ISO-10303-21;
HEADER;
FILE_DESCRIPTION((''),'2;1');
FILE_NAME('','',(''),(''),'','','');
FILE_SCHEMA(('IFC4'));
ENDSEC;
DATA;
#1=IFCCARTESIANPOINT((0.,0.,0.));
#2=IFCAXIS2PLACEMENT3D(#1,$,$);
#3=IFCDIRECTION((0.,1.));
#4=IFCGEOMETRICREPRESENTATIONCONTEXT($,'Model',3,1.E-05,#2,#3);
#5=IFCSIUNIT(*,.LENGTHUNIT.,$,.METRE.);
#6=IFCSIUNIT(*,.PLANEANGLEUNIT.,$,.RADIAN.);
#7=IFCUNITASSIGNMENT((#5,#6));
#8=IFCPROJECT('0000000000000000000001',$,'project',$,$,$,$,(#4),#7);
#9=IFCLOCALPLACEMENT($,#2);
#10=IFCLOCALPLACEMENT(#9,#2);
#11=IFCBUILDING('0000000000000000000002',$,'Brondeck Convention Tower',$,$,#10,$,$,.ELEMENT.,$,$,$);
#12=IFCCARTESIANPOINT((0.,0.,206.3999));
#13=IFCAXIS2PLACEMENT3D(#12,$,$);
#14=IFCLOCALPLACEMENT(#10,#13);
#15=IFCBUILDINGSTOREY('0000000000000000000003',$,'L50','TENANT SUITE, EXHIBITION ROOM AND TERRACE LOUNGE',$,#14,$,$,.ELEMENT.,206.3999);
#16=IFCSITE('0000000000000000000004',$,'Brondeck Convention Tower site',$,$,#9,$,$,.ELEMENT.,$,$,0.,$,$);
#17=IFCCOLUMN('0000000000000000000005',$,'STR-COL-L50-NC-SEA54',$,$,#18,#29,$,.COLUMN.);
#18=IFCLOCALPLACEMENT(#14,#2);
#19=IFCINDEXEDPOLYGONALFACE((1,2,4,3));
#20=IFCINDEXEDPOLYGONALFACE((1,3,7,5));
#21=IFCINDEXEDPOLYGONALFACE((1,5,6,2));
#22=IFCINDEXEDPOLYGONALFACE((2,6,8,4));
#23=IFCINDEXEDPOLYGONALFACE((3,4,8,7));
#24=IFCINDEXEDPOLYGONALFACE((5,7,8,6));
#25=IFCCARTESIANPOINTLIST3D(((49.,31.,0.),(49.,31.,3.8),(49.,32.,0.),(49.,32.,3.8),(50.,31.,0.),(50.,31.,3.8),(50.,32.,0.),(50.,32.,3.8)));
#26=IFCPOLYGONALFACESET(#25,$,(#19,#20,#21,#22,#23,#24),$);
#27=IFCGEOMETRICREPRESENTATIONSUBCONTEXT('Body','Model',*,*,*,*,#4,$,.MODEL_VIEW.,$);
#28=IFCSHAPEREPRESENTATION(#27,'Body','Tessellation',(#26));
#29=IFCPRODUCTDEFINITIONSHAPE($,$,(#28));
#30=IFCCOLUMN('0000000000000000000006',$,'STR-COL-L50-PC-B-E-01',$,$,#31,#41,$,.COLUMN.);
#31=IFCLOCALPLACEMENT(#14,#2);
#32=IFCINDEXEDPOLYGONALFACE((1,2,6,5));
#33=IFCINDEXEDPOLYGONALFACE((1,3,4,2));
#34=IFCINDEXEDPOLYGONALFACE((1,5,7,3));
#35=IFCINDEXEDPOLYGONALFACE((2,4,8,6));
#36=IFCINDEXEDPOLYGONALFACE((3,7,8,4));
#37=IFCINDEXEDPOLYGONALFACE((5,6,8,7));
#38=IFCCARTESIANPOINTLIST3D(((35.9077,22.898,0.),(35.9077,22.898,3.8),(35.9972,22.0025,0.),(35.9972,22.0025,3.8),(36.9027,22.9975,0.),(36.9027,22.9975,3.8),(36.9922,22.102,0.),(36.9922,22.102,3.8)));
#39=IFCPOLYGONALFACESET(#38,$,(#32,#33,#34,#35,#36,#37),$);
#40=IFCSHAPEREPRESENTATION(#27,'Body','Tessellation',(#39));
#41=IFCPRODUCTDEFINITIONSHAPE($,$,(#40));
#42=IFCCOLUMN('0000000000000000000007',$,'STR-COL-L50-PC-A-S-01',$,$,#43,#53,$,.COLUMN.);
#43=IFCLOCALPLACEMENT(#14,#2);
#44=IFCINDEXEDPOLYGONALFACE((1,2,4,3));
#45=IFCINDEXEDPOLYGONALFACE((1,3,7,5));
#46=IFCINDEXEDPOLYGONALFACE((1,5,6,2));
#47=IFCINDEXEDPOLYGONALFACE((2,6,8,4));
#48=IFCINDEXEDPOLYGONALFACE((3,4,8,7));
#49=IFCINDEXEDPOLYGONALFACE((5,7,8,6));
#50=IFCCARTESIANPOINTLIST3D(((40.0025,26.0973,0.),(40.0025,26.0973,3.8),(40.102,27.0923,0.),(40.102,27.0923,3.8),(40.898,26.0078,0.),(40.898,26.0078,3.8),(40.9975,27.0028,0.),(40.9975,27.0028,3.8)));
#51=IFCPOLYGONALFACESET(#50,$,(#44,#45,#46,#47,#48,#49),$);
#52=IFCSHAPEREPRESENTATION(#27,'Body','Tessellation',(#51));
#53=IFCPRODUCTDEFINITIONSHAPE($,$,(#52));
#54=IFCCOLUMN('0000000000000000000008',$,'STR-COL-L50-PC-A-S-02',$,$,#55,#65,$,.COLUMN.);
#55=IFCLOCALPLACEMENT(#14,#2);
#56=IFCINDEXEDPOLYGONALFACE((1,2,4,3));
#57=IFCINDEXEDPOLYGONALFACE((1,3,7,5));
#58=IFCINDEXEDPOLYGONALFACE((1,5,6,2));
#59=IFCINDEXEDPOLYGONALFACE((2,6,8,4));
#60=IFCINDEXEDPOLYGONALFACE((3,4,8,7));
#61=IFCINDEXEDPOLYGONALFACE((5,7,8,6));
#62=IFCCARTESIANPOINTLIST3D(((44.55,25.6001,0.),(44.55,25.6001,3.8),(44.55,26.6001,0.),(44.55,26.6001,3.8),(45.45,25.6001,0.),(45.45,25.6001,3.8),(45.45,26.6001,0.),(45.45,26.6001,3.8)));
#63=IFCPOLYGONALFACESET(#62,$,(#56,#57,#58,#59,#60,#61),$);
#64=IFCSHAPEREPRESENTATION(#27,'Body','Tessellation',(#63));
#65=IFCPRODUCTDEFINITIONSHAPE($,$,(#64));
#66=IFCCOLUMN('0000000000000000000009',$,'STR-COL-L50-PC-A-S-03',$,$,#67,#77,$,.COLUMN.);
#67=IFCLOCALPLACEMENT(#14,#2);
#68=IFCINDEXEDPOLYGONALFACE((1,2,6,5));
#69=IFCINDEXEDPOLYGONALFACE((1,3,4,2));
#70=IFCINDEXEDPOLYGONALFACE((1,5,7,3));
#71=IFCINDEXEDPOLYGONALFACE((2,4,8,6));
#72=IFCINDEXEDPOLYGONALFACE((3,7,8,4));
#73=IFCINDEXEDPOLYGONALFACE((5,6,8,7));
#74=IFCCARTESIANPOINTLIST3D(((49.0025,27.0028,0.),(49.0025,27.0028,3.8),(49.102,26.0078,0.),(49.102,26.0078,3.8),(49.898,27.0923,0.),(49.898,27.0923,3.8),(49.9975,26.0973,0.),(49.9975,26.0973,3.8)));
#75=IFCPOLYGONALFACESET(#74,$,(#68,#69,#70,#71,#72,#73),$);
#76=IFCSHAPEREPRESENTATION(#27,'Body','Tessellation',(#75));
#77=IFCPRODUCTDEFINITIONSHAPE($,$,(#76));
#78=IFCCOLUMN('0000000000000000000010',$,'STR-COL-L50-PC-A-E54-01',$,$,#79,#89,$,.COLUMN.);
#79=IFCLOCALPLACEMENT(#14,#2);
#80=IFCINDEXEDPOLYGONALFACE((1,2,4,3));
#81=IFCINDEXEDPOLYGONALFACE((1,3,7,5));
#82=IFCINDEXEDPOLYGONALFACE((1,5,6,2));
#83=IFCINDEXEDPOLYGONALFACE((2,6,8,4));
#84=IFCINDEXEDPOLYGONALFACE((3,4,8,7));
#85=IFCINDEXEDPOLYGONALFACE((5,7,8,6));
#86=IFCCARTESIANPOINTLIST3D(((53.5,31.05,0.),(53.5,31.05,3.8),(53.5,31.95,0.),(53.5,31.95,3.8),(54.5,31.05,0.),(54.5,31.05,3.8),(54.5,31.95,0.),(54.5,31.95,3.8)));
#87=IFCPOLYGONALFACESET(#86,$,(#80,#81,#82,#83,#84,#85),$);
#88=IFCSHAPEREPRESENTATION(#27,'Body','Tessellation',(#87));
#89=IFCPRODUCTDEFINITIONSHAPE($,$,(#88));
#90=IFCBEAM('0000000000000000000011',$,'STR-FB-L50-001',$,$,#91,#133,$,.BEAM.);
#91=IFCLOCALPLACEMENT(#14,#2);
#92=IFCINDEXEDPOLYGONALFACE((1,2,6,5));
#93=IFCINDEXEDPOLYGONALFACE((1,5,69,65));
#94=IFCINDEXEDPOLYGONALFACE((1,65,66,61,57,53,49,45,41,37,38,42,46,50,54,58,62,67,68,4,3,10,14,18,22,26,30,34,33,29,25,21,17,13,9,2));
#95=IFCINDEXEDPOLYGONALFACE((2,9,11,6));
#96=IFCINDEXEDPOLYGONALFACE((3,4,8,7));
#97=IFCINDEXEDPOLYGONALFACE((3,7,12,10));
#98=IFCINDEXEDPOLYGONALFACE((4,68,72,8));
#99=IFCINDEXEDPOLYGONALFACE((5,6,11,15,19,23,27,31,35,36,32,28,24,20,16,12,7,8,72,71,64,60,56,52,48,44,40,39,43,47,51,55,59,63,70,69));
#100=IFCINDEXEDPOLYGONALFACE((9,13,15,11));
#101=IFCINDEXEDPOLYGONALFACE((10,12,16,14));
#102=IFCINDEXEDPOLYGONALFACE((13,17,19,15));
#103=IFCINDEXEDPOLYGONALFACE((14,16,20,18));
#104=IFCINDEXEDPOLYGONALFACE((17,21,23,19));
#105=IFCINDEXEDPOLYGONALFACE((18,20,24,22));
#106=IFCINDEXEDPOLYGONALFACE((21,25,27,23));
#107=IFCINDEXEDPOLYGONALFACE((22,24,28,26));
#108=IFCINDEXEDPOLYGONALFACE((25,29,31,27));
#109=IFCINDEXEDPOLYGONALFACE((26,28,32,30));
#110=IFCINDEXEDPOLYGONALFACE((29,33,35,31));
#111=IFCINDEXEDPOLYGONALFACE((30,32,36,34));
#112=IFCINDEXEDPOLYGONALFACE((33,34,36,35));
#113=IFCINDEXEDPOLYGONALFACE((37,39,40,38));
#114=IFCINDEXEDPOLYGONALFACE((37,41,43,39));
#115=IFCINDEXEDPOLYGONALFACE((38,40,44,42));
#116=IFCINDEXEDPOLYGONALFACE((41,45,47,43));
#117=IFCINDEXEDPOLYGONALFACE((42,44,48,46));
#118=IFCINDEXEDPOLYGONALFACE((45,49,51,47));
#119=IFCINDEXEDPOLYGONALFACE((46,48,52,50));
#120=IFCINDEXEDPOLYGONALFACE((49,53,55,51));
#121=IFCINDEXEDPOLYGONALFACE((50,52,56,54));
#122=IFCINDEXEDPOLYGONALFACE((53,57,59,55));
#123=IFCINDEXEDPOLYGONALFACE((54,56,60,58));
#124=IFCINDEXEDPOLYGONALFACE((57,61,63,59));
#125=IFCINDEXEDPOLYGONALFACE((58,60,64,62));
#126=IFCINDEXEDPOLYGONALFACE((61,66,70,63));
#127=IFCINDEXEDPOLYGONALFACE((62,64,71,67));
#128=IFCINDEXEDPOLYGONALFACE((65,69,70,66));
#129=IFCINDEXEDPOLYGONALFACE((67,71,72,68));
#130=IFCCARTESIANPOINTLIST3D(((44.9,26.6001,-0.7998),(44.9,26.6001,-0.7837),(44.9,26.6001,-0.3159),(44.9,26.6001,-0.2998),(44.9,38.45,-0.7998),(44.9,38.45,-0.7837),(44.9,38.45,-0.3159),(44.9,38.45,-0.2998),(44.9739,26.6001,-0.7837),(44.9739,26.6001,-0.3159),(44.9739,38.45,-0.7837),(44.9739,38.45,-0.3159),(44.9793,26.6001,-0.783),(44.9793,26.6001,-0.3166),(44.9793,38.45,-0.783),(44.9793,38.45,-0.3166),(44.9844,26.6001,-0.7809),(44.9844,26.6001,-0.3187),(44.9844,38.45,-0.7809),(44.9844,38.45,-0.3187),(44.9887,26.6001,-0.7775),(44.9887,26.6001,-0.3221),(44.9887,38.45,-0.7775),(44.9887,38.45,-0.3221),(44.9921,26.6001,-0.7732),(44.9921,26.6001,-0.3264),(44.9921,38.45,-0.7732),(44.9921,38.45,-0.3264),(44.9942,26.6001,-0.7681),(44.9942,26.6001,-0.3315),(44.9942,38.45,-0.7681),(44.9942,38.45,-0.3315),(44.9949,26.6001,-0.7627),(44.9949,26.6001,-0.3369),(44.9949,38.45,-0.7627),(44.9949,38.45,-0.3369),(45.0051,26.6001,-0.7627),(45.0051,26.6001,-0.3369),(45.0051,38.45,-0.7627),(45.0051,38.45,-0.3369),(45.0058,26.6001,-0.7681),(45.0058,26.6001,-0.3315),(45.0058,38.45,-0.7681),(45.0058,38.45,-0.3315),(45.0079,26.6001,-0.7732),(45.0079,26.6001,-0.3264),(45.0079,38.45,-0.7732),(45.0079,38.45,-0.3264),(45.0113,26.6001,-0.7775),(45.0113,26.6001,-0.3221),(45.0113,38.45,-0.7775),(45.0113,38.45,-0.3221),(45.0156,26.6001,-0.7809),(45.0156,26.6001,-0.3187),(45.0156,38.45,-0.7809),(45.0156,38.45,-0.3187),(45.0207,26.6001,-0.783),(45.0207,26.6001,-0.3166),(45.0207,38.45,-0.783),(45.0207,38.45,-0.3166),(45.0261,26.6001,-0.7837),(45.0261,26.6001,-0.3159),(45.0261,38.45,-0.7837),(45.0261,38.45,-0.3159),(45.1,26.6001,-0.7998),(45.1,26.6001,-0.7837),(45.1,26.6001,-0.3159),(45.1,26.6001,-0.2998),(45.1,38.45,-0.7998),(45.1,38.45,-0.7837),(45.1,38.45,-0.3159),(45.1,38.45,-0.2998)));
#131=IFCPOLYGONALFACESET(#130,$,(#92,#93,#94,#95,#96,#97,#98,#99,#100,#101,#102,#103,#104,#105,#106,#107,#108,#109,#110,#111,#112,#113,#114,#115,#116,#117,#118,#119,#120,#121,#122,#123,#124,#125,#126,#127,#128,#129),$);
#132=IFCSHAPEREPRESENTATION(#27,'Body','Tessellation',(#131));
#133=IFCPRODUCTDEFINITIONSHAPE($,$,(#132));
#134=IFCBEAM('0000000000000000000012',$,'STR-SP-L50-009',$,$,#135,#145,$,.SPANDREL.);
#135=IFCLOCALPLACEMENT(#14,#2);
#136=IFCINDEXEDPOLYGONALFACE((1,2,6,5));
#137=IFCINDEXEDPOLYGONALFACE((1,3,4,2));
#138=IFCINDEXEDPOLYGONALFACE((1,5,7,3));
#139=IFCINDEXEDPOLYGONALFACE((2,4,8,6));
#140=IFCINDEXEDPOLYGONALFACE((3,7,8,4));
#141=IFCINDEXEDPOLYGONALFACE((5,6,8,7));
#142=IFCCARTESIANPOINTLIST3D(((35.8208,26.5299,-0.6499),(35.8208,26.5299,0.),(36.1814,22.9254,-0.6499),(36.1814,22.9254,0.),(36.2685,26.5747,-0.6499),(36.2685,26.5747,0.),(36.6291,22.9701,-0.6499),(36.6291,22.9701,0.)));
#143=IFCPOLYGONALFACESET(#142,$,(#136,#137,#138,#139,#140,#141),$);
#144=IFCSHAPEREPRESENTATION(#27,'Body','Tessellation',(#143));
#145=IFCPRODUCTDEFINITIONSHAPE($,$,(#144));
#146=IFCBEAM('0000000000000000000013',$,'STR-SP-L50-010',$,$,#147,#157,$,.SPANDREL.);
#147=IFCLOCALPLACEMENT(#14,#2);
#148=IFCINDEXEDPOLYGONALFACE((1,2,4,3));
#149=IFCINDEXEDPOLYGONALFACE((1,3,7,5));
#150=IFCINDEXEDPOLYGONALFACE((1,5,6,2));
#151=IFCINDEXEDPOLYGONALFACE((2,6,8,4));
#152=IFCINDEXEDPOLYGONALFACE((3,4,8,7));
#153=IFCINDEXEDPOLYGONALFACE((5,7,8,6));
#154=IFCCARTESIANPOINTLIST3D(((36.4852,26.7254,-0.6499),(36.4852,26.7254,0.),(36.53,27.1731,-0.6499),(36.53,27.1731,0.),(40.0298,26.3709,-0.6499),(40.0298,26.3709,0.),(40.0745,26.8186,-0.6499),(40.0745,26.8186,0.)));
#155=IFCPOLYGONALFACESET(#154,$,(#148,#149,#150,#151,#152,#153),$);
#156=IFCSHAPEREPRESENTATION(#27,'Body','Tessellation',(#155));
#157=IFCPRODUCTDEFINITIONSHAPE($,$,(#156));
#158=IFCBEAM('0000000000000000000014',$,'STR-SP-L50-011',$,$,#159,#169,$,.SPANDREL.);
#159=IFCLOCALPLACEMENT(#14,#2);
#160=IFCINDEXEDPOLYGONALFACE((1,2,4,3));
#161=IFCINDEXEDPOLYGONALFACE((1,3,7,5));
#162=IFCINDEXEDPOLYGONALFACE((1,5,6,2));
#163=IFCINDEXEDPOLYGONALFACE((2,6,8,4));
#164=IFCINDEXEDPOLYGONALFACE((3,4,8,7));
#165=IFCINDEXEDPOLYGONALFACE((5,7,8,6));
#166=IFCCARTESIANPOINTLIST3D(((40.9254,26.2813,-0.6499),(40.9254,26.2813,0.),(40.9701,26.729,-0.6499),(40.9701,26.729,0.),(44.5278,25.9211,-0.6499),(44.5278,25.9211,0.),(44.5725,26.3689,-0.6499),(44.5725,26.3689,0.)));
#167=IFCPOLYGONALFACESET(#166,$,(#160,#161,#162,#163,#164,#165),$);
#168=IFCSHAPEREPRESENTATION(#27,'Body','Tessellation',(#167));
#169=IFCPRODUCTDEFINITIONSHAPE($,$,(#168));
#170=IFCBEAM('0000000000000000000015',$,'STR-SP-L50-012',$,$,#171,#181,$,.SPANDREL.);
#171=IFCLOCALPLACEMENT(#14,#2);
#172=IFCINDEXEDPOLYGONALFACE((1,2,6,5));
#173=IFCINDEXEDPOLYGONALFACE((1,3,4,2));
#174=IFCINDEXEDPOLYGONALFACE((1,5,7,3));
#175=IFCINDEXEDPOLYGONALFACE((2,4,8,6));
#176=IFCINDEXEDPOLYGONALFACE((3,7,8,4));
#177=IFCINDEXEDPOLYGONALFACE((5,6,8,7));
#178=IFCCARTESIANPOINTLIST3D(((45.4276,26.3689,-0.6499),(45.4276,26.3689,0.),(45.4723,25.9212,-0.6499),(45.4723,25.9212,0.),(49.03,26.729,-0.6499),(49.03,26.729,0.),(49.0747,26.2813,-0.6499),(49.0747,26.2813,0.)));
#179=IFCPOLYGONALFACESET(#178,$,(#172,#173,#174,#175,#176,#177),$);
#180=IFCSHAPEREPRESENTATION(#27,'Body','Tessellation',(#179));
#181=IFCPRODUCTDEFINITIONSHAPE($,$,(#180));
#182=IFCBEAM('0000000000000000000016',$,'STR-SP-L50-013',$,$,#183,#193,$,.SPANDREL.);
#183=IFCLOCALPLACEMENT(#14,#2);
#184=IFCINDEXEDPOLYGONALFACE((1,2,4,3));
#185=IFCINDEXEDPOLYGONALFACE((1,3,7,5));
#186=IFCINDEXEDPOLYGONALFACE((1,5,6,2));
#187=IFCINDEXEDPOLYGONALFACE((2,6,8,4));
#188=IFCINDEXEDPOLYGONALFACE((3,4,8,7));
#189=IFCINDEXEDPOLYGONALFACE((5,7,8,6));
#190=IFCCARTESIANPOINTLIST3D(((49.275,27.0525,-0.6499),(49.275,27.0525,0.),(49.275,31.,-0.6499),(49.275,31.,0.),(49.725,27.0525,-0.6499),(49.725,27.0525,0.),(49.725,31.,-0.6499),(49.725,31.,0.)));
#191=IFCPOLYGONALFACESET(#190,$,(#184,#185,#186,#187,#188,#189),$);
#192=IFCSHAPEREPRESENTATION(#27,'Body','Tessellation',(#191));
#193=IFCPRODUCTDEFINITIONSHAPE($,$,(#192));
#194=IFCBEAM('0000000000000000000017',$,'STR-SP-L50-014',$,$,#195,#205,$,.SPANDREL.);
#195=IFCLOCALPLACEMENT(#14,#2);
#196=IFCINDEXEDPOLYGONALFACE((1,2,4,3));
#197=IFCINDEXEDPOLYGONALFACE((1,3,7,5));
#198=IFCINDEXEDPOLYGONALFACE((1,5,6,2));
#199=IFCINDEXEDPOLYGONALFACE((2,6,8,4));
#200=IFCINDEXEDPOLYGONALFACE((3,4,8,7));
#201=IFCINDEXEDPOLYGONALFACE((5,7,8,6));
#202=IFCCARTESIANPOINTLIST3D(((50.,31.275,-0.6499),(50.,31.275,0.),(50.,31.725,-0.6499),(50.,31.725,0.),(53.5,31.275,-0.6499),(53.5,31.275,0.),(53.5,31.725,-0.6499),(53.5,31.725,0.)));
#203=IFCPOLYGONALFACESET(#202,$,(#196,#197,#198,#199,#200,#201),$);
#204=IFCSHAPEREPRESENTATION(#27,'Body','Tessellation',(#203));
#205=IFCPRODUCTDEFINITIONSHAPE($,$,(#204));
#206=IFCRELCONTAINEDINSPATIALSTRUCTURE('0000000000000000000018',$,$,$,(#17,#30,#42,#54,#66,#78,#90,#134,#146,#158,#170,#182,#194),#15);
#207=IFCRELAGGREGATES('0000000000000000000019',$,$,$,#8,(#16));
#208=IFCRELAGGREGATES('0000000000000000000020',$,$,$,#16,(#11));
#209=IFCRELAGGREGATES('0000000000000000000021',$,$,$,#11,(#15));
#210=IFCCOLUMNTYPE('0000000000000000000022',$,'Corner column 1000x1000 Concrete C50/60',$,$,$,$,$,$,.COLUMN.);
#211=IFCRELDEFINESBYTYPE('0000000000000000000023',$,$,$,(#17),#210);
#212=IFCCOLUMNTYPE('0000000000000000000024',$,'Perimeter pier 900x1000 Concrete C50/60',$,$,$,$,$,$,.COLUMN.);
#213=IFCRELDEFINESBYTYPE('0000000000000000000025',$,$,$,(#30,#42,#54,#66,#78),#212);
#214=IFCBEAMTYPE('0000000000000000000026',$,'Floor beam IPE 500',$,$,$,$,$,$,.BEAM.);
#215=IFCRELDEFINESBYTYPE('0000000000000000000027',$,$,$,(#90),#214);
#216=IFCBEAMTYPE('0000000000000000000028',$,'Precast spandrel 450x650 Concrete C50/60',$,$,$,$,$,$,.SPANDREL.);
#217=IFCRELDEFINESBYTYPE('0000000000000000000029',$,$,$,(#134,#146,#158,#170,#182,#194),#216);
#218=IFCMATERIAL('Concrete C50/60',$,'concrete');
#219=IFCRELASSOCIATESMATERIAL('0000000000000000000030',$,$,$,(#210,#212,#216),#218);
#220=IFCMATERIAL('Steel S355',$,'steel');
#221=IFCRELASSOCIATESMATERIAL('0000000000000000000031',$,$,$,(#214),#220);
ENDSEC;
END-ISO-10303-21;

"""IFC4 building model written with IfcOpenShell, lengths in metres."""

from ifc_helpers import new_model, si_unit, direction, frame, origin, origin_2d, place, context, subcontext, project, spatial, rectangle, i_section, extrude, material, material_profile, profile_set, type_object, element, save


model = new_model("IFC4")

# Units and contexts
model_context = context("Model", 3, precision=1e-05, world=origin(), true_north=direction((0.0, 1.0)))
body_context = subcontext(model_context, "Body", "Model", "MODEL_VIEW")
ifc_project = project(units=[si_unit("LENGTHUNIT", "METRE"), si_unit("PLANEANGLEUNIT", "RADIAN")], contexts=[model_context])

# Site, building, storey
site_placement = place(None, origin())
site = spatial("IfcSite", under=ifc_project, at=site_placement, Name="Brondeck Convention Tower site", CompositionType="ELEMENT", RefElevation=0.0)
building_placement = place(site_placement, origin())
building = spatial("IfcBuilding", under=site, at=building_placement, Name="Brondeck Convention Tower", CompositionType="ELEMENT")
storey_placement = place(building_placement, frame((0.0, 0.0, 206.3999)))
storey = spatial("IfcBuildingStorey", under=building, at=storey_placement, Name="L50", Description="TENANT SUITE, EXHIBITION ROOM AND TERRACE LOUNGE", CompositionType="ELEMENT", Elevation=206.3999)

# Columns
ifc_material_1 = material(Name="Concrete C50/60", Category="concrete")
ifc_material_profile_1 = material_profile(ifc_material_1, rectangle(XDim=1.0, YDim=1.0, at=origin_2d()), Name="Corner column 1000x1000 Concrete C50/60")
ifc_profile_set_1 = profile_set([ifc_material_profile_1], Name="Concrete C50/60")
column_type_1 = type_object("IfcColumnType", Name="Corner column 1000x1000 Concrete C50/60", PredefinedType="COLUMN", material=ifc_profile_set_1)
column_placement = place(storey_placement, frame((49.5, 31.5, 0.0), z_axis=(0.0, 0.0, 1.0), x_axis=(1.0, 0.0, 0.0)))
element("IfcColumn", 1, at=column_placement, inside=storey, type_object=column_type_1, Name="STR-COL-L50-NC-SEA54", PredefinedType="COLUMN", context=body_context, shape_type="SweptSolid", body=[
    extrude(rectangle(XDim=1.0, YDim=1.0, at=origin_2d()), origin(), (0.0, 0.0, 1.0), 3.8),
])
ifc_material_profile_2 = material_profile(ifc_material_1, rectangle(XDim=0.8999, YDim=1.0, at=origin_2d()), Name="Perimeter pier 900x1000 Concrete C50/60")
ifc_profile_set_2 = profile_set([ifc_material_profile_2], Name="Concrete C50/60")
column_type_2 = type_object("IfcColumnType", Name="Perimeter pier 900x1000 Concrete C50/60", PredefinedType="COLUMN", material=ifc_profile_set_2)
for number, where, z_axis, x_axis, name in (
    (2, (36.45, 22.5, 0.0), (0.0, 0.0, 1.0), (-0.099504, 0.995037, 0.0), "STR-COL-L50-PC-B-E-01"),
    (3, (40.5, 26.55, 0.0), (0.0, 0.0, 1.0), (0.995037, -0.099504, 0.0), "STR-COL-L50-PC-A-S-01"),
    (4, (45.0, 26.1001, 0.0), (0.0, 0.0, 1.0), (1.0, 0.0, 0.0), "STR-COL-L50-PC-A-S-02"),
    (5, (49.5, 26.55, 0.0), (0.0, 0.0, 1.0), (0.995037, 0.099504, 0.0), "STR-COL-L50-PC-A-S-03"),
    (6, (54.0, 31.5, 0.0), (0.0, 0.0, 1.0), (0.0, 1.0, 0.0), "STR-COL-L50-PC-A-E54-01"),
):
    element("IfcColumn", number, at=place(storey_placement, frame(where, z_axis=z_axis, x_axis=x_axis)), inside=storey, type_object=column_type_2, Name=name, PredefinedType="COLUMN", context=body_context, shape_type="SweptSolid", body=[
        extrude(rectangle(XDim=0.8999, YDim=1.0, at=origin_2d()), origin(), (0.0, 0.0, 1.0), 3.8),
    ])

# Beams
ifc_material_2 = material(Name="Steel S355", Category="steel")
ifc_material_profile_3 = material_profile(ifc_material_2, i_section(OverallWidth=0.2, OverallDepth=0.5, WebThickness=0.0103, FlangeThickness=0.0161, FilletRadius=0.021, at=origin_2d()), Name="IPE 500")
ifc_profile_set_3 = profile_set([ifc_material_profile_3], Name="Steel S355")
beam_type_1 = type_object("IfcBeamType", Name="Floor beam IPE 500", PredefinedType="BEAM", material=ifc_profile_set_3)
beam_1_placement = place(storey_placement, frame((45.0, 26.6001, -0.5498), z_axis=(0.0, 1.0, 0.0), x_axis=(-1.0, 0.0, 0.0)))
element("IfcBeam", 7, at=beam_1_placement, inside=storey, type_object=beam_type_1, Name="STR-FB-L50-001", PredefinedType="BEAM", context=body_context, shape_type="SweptSolid", body=[
    extrude(i_section(OverallWidth=0.2, OverallDepth=0.5, WebThickness=0.0103, FlangeThickness=0.0161, FilletRadius=0.021, at=origin_2d()), origin(), (0.0, 0.0, 1.0), 11.8499),
])
ifc_material_profile_4 = material_profile(ifc_material_1, rectangle(XDim=0.45, YDim=0.6499, at=origin_2d()), Name="Precast spandrel 450x650 Concrete C50/60")
ifc_profile_set_4 = profile_set([ifc_material_profile_4], Name="Concrete C50/60")
beam_type_2 = type_object("IfcBeamType", Name="Precast spandrel 450x650 Concrete C50/60", PredefinedType="SPANDREL", material=ifc_profile_set_4)
beam_2_placement = place(storey_placement, frame((36.4053, 22.9478, -0.325), z_axis=(-0.099544, 0.995033, 0.0), x_axis=(-0.995033, -0.099544, 0.0)))
element("IfcBeam", 8, at=beam_2_placement, inside=storey, type_object=beam_type_2, Name="STR-SP-L50-009", PredefinedType="SPANDREL", context=body_context, shape_type="SweptSolid", body=[
    extrude(rectangle(XDim=0.45, YDim=0.6499, at=origin_2d()), origin(), (0.0, 0.0, 1.0), 3.6226),
])
beam_3_placement = place(storey_placement, frame((36.5076, 26.9492, -0.325), z_axis=(0.995037, -0.099511, 0.0), x_axis=(0.099511, 0.995037, 0.0)))
element("IfcBeam", 9, at=beam_3_placement, inside=storey, type_object=beam_type_2, Name="STR-SP-L50-010", PredefinedType="SPANDREL", context=body_context, shape_type="SweptSolid", body=[
    extrude(rectangle(XDim=0.45, YDim=0.6499, at=origin_2d()), origin(), (0.0, 0.0, 1.0), 3.5623),
])
for number, where, z_axis, x_axis, name in (
    (10, (40.9478, 26.5051, -0.325), (0.995041, -0.09947, 0.0), (0.09947, 0.995041, 0.0), "STR-SP-L50-011"),
    (11, (45.45, 26.145, -0.325), (0.995041, 0.09947, 0.0), (-0.09947, 0.995041, 0.0), "STR-SP-L50-012"),
):
    element("IfcBeam", number, at=place(storey_placement, frame(where, z_axis=z_axis, x_axis=x_axis)), inside=storey, type_object=beam_type_2, Name=name, PredefinedType="SPANDREL", context=body_context, shape_type="SweptSolid", body=[
        extrude(rectangle(XDim=0.45, YDim=0.6499, at=origin_2d()), origin(), (0.0, 0.0, 1.0), 3.6204),
    ])
beam_4_placement = place(storey_placement, frame((49.5, 27.0525, -0.325), z_axis=(0.0, 1.0, 0.0), x_axis=(-1.0, 0.0, 0.0)))
element("IfcBeam", 12, at=beam_4_placement, inside=storey, type_object=beam_type_2, Name="STR-SP-L50-013", PredefinedType="SPANDREL", context=body_context, shape_type="SweptSolid", body=[
    extrude(rectangle(XDim=0.45, YDim=0.6499, at=origin_2d()), origin(), (0.0, 0.0, 1.0), 3.9475),
])
beam_5_placement = place(storey_placement, frame((50.0, 31.5, -0.325), z_axis=(1.0, 0.0, 0.0), x_axis=(0.0, 1.0, 0.0)))
element("IfcBeam", 13, at=beam_5_placement, inside=storey, type_object=beam_type_2, Name="STR-SP-L50-014", PredefinedType="SPANDREL", context=body_context, shape_type="SweptSolid", body=[
    extrude(rectangle(XDim=0.45, YDim=0.6499, at=origin_2d()), origin(), (0.0, 0.0, 1.0), 3.5),
])

save(model, "model.ifc")
